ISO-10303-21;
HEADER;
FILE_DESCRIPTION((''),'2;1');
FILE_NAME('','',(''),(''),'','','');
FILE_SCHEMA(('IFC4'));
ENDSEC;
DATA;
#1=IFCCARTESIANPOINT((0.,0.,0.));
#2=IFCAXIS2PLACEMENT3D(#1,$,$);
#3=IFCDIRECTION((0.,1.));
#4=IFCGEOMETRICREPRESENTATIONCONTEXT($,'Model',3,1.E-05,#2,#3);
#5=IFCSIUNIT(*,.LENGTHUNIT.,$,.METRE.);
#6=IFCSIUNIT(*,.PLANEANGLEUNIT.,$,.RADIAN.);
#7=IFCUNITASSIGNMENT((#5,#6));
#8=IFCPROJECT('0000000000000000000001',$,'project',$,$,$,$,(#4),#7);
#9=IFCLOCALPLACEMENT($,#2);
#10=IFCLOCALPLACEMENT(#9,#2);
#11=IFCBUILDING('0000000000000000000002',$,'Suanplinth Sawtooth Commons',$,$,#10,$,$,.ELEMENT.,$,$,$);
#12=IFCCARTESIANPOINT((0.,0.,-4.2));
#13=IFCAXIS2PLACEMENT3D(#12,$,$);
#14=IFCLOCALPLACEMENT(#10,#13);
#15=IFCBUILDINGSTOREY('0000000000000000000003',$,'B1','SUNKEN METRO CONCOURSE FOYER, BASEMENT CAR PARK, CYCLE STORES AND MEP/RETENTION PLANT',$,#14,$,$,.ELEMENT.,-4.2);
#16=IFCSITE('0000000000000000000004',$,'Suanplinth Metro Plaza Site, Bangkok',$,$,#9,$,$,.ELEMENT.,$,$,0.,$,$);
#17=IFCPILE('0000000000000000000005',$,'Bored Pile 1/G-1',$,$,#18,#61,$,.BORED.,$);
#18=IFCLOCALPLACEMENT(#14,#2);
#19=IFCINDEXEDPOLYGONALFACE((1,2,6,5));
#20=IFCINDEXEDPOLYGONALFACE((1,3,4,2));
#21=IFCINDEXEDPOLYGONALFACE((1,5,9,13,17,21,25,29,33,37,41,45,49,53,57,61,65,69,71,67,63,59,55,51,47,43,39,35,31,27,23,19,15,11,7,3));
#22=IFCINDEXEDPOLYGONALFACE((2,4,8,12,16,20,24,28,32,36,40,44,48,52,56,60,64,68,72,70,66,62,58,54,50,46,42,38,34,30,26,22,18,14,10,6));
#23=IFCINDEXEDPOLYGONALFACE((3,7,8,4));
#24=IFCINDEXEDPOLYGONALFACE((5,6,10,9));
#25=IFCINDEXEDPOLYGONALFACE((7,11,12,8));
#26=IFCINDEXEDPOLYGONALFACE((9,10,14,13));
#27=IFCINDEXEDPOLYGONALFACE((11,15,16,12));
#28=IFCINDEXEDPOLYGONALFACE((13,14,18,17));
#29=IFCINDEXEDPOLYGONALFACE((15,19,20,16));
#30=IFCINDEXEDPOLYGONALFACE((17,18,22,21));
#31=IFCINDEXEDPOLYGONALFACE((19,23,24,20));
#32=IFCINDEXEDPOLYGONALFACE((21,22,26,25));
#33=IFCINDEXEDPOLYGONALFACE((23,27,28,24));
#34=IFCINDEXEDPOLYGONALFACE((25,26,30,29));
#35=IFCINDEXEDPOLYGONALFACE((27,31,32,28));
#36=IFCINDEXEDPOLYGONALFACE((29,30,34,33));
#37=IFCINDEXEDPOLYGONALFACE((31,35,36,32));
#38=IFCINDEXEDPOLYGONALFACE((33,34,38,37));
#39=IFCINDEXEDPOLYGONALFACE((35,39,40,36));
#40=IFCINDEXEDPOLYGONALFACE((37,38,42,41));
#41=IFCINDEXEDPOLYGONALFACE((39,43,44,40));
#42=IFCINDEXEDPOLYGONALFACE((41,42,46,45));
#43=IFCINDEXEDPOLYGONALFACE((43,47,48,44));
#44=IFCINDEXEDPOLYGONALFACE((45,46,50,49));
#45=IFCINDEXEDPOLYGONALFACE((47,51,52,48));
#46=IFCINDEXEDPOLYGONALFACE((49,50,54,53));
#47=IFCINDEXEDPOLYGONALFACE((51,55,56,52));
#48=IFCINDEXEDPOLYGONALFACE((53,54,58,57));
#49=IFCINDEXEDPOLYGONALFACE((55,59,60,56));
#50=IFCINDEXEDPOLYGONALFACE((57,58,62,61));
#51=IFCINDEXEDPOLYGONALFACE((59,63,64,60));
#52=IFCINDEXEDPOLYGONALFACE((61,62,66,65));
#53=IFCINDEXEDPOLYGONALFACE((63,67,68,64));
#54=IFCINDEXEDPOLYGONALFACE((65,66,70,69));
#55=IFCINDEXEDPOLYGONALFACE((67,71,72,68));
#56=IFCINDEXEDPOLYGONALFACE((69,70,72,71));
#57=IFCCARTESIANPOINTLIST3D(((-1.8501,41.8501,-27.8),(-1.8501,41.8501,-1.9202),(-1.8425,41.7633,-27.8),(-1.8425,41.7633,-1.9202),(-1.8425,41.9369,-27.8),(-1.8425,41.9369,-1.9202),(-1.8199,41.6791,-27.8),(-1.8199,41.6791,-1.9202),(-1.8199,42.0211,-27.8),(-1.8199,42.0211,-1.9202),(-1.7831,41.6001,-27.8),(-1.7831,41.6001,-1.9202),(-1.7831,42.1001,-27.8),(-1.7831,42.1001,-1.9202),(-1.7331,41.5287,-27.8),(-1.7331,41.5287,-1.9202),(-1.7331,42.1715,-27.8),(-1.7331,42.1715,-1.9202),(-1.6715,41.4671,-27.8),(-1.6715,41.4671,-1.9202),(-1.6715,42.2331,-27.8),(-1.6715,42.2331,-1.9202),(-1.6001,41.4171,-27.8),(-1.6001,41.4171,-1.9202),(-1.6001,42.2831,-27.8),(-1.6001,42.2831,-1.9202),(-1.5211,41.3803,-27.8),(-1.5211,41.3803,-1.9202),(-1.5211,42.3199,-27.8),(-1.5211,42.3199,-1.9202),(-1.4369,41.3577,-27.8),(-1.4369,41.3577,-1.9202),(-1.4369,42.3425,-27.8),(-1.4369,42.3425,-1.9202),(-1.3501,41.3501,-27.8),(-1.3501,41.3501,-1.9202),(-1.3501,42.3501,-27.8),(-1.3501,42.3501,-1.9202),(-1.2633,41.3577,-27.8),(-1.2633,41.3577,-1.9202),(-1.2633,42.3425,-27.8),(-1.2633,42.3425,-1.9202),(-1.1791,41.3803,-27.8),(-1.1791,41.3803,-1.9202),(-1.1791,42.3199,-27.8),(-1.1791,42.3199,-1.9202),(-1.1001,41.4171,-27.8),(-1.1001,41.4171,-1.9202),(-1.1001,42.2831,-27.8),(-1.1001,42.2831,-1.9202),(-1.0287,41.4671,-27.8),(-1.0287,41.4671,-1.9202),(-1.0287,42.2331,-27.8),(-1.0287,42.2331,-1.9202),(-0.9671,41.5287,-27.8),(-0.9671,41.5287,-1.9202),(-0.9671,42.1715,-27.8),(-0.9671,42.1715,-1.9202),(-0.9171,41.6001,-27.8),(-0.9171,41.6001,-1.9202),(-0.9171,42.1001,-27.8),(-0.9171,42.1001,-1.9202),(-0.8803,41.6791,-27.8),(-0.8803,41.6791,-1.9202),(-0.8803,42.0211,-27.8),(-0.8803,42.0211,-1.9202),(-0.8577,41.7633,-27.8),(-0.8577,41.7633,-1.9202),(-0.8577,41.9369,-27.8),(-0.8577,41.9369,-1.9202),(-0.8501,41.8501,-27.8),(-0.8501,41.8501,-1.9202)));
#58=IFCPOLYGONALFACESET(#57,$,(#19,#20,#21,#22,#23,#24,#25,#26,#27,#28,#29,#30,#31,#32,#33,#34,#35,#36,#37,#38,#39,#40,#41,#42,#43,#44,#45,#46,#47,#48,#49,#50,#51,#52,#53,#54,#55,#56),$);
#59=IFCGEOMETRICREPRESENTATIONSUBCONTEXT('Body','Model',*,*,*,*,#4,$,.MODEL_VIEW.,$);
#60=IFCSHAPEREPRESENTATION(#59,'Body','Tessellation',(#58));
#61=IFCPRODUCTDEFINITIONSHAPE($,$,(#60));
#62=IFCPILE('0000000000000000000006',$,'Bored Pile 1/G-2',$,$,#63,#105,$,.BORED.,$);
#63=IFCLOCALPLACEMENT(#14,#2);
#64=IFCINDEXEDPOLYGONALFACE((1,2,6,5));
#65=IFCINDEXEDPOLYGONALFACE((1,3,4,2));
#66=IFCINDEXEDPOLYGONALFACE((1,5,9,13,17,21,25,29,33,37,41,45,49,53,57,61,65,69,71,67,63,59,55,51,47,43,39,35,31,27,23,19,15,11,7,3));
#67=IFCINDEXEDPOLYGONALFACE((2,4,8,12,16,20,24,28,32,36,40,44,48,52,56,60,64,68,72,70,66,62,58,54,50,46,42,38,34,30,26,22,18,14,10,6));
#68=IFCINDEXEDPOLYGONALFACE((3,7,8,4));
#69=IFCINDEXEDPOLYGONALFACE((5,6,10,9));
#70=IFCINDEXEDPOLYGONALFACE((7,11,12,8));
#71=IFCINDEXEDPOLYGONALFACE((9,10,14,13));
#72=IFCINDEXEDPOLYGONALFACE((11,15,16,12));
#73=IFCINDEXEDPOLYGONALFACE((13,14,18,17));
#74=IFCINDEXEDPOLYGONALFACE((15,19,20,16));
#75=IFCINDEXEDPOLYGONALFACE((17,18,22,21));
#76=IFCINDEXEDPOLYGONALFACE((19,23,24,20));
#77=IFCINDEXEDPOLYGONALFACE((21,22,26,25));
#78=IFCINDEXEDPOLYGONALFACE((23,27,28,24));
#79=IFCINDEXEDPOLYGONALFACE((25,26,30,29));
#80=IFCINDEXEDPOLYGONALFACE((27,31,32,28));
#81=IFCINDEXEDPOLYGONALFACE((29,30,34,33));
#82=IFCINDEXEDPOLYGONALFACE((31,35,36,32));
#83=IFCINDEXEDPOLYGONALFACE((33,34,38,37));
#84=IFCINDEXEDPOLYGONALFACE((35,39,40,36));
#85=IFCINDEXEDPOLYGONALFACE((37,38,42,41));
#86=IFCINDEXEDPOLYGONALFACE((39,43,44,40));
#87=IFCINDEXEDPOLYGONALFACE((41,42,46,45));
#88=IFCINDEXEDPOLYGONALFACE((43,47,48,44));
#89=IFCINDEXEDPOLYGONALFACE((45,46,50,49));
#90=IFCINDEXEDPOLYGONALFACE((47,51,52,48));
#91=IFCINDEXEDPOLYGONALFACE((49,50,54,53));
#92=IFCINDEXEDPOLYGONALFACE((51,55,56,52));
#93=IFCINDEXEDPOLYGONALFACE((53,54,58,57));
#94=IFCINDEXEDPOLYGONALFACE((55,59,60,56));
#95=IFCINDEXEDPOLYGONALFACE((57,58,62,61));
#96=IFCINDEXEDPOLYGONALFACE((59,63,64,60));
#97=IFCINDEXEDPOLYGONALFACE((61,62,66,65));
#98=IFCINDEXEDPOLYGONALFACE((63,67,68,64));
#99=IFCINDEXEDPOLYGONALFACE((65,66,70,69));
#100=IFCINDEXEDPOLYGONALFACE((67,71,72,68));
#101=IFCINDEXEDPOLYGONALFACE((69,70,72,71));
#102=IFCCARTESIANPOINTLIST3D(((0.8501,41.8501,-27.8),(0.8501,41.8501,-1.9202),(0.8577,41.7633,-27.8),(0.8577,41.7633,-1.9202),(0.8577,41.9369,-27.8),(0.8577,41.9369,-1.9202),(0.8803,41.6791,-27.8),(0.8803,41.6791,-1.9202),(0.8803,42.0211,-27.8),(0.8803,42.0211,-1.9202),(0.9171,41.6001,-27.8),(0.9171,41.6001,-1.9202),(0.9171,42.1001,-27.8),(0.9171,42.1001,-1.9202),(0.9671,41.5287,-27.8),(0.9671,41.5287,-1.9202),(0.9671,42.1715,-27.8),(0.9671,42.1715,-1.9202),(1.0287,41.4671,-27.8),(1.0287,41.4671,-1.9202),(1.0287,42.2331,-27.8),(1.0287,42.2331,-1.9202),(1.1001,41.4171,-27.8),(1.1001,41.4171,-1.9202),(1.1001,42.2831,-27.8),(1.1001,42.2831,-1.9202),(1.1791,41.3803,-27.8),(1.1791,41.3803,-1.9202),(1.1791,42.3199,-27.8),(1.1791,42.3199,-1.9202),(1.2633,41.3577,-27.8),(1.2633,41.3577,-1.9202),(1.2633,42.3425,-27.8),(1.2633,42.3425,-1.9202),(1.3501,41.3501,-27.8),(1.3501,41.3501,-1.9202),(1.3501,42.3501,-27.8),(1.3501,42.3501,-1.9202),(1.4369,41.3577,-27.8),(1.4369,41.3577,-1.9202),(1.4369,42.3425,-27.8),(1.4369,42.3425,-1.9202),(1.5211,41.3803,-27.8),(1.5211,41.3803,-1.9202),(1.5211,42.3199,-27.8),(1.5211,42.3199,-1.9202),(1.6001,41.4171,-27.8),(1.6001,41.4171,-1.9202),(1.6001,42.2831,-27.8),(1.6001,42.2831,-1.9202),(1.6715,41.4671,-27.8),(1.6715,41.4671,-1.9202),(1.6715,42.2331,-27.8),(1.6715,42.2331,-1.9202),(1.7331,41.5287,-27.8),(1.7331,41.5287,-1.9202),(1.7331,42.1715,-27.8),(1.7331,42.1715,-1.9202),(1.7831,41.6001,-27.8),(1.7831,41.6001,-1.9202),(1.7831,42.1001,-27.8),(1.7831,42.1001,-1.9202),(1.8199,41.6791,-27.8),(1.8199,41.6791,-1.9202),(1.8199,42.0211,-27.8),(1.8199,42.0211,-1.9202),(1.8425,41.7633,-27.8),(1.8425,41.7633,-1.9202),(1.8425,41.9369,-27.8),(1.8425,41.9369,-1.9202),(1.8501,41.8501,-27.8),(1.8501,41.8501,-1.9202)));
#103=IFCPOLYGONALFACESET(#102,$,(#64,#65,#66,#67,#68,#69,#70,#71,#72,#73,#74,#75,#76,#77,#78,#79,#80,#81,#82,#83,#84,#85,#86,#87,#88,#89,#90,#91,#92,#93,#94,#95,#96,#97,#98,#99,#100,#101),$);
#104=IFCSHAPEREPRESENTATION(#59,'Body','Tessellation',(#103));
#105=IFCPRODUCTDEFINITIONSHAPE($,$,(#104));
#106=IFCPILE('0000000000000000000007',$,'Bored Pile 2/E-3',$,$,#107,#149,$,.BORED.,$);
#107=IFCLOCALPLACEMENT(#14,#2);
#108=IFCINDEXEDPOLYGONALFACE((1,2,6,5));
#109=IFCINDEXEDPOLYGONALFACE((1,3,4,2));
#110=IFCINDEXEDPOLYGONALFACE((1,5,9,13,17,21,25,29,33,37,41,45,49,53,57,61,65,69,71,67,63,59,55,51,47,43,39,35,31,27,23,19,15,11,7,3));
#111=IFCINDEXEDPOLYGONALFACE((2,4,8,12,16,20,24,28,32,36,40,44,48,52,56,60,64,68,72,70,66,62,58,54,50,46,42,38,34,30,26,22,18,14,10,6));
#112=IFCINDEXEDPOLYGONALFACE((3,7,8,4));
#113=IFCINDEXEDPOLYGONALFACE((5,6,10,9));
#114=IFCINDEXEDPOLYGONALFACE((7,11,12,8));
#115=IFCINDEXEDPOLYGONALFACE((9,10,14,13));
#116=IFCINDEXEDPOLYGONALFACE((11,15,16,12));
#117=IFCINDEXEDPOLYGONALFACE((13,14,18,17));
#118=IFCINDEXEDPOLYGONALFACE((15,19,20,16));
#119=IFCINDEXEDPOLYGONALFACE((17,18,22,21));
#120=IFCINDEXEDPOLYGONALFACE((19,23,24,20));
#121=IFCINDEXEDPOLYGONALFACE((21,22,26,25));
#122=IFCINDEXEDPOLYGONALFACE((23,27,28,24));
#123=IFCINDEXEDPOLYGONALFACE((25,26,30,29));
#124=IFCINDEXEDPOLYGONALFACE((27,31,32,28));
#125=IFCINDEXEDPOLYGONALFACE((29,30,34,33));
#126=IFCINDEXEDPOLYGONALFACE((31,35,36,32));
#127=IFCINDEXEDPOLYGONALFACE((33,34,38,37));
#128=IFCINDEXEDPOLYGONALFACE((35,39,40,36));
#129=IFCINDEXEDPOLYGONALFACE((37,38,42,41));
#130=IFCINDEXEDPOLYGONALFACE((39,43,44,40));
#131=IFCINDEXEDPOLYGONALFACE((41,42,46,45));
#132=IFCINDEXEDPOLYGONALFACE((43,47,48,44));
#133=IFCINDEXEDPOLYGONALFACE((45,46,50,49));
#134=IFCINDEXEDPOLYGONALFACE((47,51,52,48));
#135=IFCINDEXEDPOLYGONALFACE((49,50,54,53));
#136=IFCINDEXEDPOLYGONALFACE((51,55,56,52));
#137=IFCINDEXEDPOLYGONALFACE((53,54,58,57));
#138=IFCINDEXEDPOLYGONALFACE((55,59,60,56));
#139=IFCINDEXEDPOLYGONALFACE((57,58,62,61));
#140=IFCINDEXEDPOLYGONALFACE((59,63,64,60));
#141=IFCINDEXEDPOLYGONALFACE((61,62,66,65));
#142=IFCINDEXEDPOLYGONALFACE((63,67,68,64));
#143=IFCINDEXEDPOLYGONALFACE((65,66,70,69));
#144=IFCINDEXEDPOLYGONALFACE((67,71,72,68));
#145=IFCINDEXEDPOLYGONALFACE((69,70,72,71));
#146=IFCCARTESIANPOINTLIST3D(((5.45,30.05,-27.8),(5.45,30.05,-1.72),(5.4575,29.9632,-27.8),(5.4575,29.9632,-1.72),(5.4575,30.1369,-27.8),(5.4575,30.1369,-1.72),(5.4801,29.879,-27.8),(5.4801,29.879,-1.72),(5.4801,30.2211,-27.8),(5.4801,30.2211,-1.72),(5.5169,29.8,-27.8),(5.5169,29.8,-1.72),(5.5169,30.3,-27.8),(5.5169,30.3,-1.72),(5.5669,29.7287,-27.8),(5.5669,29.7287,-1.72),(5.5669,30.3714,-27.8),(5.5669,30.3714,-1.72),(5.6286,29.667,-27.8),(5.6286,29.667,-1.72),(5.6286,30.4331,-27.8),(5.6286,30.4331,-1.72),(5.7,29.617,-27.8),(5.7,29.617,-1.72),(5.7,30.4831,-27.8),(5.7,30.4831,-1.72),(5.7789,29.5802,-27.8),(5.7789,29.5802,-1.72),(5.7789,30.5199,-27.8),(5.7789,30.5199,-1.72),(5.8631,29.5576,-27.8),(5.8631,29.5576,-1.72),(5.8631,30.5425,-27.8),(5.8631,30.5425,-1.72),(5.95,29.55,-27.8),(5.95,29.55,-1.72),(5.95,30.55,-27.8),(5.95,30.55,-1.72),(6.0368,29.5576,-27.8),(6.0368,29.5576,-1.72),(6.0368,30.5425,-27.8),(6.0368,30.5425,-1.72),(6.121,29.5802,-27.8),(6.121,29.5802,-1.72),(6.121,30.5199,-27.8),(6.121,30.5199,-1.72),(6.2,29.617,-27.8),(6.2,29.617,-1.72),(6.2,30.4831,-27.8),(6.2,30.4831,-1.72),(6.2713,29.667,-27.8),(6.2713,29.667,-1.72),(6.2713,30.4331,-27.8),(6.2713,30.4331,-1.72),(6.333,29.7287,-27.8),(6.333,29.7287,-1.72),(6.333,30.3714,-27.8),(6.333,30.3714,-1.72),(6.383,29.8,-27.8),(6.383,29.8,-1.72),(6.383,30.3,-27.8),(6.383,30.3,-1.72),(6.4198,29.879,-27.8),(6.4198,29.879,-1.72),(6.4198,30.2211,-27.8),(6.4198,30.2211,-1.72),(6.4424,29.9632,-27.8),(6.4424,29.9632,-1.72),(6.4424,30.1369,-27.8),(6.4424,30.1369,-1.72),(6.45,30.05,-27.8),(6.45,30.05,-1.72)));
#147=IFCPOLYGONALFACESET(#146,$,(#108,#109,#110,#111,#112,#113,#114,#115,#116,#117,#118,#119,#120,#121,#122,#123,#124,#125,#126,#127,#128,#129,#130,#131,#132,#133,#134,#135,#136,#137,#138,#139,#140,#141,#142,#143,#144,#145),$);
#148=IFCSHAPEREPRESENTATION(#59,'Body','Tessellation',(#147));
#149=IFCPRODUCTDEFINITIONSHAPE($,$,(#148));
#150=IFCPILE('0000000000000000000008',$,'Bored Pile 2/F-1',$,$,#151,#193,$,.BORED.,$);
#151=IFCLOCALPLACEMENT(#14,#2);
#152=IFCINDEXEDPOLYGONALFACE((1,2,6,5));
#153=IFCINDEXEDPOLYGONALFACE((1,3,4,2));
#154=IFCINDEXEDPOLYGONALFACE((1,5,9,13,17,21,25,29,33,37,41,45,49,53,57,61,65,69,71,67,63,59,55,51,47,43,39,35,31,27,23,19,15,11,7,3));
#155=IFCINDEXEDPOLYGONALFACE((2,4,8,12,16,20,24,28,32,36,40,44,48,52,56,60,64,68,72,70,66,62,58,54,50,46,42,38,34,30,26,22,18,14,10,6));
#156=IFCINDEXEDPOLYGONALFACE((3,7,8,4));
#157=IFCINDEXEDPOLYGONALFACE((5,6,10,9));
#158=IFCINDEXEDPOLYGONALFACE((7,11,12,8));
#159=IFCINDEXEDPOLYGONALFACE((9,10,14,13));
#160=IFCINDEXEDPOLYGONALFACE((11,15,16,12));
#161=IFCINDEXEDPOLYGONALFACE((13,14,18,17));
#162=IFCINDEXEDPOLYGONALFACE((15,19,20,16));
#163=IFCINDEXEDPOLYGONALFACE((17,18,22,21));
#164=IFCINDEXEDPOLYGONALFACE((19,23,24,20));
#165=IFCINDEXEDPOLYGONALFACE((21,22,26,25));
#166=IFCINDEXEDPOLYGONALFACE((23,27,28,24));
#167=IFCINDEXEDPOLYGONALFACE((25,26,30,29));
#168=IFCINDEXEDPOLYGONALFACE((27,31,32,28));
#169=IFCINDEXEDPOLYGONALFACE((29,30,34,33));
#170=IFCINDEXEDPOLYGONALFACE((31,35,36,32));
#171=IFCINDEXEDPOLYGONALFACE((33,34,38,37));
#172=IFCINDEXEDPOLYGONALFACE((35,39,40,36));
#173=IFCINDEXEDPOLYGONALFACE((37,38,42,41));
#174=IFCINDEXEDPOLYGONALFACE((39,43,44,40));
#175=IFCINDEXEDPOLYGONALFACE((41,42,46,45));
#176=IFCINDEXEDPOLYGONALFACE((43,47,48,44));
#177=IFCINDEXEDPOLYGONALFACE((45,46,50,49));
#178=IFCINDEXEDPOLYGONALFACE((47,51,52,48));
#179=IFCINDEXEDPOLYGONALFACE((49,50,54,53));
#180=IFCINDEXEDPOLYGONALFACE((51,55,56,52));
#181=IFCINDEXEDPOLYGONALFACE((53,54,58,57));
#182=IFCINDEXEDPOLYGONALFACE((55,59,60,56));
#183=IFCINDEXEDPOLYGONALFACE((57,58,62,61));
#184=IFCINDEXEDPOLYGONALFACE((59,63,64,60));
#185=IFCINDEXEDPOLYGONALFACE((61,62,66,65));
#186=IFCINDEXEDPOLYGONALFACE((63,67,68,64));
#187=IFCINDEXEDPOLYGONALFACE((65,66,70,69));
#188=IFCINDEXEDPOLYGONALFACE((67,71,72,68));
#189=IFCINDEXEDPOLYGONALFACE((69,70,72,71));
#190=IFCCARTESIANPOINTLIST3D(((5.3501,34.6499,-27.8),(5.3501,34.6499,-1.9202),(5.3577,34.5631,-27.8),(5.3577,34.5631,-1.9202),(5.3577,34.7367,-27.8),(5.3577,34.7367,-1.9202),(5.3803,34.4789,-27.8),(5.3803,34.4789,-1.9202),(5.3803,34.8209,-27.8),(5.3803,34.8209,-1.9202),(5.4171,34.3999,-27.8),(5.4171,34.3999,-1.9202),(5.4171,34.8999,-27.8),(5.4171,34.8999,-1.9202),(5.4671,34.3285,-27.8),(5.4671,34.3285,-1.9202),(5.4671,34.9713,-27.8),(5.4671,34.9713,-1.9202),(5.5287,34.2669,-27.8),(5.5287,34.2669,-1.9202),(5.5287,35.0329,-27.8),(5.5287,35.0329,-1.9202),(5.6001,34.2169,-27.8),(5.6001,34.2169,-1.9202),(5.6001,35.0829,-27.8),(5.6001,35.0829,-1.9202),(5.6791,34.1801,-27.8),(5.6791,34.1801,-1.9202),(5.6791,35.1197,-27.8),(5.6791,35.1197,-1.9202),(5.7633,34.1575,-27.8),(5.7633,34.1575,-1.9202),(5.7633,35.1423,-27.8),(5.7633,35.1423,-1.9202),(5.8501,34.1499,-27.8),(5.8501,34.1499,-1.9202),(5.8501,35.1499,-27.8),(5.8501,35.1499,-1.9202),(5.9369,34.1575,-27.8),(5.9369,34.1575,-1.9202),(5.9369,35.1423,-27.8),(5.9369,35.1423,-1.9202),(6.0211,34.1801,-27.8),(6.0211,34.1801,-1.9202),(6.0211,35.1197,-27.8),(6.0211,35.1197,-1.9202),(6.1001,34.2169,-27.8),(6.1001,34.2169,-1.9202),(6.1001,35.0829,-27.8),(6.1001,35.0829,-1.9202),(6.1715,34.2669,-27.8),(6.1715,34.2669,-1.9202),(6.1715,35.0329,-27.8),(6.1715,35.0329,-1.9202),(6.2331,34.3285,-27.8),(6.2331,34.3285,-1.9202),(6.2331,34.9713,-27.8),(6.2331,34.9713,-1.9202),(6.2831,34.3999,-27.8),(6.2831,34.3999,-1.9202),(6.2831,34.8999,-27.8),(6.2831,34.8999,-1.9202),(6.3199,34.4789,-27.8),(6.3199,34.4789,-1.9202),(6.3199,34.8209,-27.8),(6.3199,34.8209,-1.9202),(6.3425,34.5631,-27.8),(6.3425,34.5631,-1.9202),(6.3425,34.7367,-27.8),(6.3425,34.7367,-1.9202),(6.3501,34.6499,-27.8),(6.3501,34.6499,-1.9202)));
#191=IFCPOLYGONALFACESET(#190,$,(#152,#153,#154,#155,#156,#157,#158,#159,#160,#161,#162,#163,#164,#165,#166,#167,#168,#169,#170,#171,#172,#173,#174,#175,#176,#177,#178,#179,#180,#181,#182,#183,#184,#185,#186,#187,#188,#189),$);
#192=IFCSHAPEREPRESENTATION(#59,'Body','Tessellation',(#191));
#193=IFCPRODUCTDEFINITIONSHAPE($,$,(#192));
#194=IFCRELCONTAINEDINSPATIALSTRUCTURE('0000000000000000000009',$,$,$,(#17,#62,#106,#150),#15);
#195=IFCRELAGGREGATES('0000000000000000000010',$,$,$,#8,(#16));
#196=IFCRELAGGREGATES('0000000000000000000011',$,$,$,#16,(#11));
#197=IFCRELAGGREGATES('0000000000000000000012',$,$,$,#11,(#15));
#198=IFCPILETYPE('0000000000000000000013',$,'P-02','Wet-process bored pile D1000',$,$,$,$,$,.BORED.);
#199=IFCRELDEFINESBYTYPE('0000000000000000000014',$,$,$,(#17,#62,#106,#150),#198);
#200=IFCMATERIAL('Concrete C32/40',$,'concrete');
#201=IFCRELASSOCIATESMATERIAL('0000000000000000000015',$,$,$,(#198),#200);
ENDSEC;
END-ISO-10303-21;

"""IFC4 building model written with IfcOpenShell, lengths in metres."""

from ifc_helpers import new_model, si_unit, direction, frame, origin, origin_2d, place, context, subcontext, project, spatial, circle, extrude, material, material_profile, profile_set, type_object, element, save


model = new_model("IFC4")

# Units and contexts
model_context = context("Model", 3, precision=1e-05, world=origin(), true_north=direction((0.0, 1.0)))
body_context = subcontext(model_context, "Body", "Model", "MODEL_VIEW")
ifc_project = project(units=[si_unit("LENGTHUNIT", "METRE"), si_unit("PLANEANGLEUNIT", "RADIAN")], contexts=[model_context])

# Site, building, storey
site_placement = place(None, origin())
site = spatial("IfcSite", under=ifc_project, at=site_placement, Name="Suanplinth Metro Plaza Site, Bangkok", CompositionType="ELEMENT", RefElevation=0.0)
building_placement = place(site_placement, origin())
building = spatial("IfcBuilding", under=site, at=building_placement, Name="Suanplinth Sawtooth Commons", CompositionType="ELEMENT")
storey_placement = place(building_placement, frame((0.0, 0.0, -4.2)))
storey = spatial("IfcBuildingStorey", under=building, at=storey_placement, Name="B1", Description="SUNKEN METRO CONCOURSE FOYER, BASEMENT CAR PARK, CYCLE STORES AND MEP/RETENTION PLANT", CompositionType="ELEMENT", Elevation=-4.2)

# Piles
ifc_material_1 = material(Name="Concrete C32/40", Category="concrete")
ifc_material_profile_1 = material_profile(ifc_material_1, circle(Radius=0.5, at=origin_2d()), Name="PILE D1000")
ifc_profile_set_1 = profile_set([ifc_material_profile_1], Name="Concrete C32/40")
pile_type = type_object("IfcPileType", Name="P-02", Description="Wet-process bored pile D1000", PredefinedType="BORED", material=ifc_profile_set_1)
for number, where, z_axis, x_axis, name in (
    (1, (-1.3501, 41.8501, -1.9202), (0.0, 0.0, -1.0), (1.0, 0.0, 0.0), "Bored Pile 1/G-1"),
    (2, (1.3501, 41.8501, -1.9202), (0.0, 0.0, -1.0), (1.0, 0.0, 0.0), "Bored Pile 1/G-2"),
):
    element("IfcPile", number, at=place(storey_placement, frame(where, z_axis=z_axis, x_axis=x_axis)), inside=storey, type_object=pile_type, Name=name, PredefinedType="BORED", context=body_context, shape_type="SweptSolid", body=[
        extrude(circle(Radius=0.5, at=origin_2d()), origin(), (0.0, 0.0, 1.0), 25.8799),
    ])
pile_1_placement = place(storey_placement, frame((5.95, 30.05, -1.72), z_axis=(0.0, 0.0, -1.0), x_axis=(1.0, 0.0, 0.0)))
element("IfcPile", 3, at=pile_1_placement, inside=storey, type_object=pile_type, Name="Bored Pile 2/E-3", PredefinedType="BORED", context=body_context, shape_type="SweptSolid", body=[
    extrude(circle(Radius=0.5, at=origin_2d()), origin(), (0.0, 0.0, 1.0), 26.0801),
])
for number, where, z_axis, x_axis, name in (
    (4, (5.8501, 34.6499, -1.9202), (0.0, 0.0, -1.0), (1.0, 0.0, 0.0), "Bored Pile 2/F-1"),
):
    element("IfcPile", number, at=place(storey_placement, frame(where, z_axis=z_axis, x_axis=x_axis)), inside=storey, type_object=pile_type, Name=name, PredefinedType="BORED", context=body_context, shape_type="SweptSolid", body=[
        extrude(circle(Radius=0.5, at=origin_2d()), origin(), (0.0, 0.0, 1.0), 25.8799),
    ])

save(model, "model.ifc")
